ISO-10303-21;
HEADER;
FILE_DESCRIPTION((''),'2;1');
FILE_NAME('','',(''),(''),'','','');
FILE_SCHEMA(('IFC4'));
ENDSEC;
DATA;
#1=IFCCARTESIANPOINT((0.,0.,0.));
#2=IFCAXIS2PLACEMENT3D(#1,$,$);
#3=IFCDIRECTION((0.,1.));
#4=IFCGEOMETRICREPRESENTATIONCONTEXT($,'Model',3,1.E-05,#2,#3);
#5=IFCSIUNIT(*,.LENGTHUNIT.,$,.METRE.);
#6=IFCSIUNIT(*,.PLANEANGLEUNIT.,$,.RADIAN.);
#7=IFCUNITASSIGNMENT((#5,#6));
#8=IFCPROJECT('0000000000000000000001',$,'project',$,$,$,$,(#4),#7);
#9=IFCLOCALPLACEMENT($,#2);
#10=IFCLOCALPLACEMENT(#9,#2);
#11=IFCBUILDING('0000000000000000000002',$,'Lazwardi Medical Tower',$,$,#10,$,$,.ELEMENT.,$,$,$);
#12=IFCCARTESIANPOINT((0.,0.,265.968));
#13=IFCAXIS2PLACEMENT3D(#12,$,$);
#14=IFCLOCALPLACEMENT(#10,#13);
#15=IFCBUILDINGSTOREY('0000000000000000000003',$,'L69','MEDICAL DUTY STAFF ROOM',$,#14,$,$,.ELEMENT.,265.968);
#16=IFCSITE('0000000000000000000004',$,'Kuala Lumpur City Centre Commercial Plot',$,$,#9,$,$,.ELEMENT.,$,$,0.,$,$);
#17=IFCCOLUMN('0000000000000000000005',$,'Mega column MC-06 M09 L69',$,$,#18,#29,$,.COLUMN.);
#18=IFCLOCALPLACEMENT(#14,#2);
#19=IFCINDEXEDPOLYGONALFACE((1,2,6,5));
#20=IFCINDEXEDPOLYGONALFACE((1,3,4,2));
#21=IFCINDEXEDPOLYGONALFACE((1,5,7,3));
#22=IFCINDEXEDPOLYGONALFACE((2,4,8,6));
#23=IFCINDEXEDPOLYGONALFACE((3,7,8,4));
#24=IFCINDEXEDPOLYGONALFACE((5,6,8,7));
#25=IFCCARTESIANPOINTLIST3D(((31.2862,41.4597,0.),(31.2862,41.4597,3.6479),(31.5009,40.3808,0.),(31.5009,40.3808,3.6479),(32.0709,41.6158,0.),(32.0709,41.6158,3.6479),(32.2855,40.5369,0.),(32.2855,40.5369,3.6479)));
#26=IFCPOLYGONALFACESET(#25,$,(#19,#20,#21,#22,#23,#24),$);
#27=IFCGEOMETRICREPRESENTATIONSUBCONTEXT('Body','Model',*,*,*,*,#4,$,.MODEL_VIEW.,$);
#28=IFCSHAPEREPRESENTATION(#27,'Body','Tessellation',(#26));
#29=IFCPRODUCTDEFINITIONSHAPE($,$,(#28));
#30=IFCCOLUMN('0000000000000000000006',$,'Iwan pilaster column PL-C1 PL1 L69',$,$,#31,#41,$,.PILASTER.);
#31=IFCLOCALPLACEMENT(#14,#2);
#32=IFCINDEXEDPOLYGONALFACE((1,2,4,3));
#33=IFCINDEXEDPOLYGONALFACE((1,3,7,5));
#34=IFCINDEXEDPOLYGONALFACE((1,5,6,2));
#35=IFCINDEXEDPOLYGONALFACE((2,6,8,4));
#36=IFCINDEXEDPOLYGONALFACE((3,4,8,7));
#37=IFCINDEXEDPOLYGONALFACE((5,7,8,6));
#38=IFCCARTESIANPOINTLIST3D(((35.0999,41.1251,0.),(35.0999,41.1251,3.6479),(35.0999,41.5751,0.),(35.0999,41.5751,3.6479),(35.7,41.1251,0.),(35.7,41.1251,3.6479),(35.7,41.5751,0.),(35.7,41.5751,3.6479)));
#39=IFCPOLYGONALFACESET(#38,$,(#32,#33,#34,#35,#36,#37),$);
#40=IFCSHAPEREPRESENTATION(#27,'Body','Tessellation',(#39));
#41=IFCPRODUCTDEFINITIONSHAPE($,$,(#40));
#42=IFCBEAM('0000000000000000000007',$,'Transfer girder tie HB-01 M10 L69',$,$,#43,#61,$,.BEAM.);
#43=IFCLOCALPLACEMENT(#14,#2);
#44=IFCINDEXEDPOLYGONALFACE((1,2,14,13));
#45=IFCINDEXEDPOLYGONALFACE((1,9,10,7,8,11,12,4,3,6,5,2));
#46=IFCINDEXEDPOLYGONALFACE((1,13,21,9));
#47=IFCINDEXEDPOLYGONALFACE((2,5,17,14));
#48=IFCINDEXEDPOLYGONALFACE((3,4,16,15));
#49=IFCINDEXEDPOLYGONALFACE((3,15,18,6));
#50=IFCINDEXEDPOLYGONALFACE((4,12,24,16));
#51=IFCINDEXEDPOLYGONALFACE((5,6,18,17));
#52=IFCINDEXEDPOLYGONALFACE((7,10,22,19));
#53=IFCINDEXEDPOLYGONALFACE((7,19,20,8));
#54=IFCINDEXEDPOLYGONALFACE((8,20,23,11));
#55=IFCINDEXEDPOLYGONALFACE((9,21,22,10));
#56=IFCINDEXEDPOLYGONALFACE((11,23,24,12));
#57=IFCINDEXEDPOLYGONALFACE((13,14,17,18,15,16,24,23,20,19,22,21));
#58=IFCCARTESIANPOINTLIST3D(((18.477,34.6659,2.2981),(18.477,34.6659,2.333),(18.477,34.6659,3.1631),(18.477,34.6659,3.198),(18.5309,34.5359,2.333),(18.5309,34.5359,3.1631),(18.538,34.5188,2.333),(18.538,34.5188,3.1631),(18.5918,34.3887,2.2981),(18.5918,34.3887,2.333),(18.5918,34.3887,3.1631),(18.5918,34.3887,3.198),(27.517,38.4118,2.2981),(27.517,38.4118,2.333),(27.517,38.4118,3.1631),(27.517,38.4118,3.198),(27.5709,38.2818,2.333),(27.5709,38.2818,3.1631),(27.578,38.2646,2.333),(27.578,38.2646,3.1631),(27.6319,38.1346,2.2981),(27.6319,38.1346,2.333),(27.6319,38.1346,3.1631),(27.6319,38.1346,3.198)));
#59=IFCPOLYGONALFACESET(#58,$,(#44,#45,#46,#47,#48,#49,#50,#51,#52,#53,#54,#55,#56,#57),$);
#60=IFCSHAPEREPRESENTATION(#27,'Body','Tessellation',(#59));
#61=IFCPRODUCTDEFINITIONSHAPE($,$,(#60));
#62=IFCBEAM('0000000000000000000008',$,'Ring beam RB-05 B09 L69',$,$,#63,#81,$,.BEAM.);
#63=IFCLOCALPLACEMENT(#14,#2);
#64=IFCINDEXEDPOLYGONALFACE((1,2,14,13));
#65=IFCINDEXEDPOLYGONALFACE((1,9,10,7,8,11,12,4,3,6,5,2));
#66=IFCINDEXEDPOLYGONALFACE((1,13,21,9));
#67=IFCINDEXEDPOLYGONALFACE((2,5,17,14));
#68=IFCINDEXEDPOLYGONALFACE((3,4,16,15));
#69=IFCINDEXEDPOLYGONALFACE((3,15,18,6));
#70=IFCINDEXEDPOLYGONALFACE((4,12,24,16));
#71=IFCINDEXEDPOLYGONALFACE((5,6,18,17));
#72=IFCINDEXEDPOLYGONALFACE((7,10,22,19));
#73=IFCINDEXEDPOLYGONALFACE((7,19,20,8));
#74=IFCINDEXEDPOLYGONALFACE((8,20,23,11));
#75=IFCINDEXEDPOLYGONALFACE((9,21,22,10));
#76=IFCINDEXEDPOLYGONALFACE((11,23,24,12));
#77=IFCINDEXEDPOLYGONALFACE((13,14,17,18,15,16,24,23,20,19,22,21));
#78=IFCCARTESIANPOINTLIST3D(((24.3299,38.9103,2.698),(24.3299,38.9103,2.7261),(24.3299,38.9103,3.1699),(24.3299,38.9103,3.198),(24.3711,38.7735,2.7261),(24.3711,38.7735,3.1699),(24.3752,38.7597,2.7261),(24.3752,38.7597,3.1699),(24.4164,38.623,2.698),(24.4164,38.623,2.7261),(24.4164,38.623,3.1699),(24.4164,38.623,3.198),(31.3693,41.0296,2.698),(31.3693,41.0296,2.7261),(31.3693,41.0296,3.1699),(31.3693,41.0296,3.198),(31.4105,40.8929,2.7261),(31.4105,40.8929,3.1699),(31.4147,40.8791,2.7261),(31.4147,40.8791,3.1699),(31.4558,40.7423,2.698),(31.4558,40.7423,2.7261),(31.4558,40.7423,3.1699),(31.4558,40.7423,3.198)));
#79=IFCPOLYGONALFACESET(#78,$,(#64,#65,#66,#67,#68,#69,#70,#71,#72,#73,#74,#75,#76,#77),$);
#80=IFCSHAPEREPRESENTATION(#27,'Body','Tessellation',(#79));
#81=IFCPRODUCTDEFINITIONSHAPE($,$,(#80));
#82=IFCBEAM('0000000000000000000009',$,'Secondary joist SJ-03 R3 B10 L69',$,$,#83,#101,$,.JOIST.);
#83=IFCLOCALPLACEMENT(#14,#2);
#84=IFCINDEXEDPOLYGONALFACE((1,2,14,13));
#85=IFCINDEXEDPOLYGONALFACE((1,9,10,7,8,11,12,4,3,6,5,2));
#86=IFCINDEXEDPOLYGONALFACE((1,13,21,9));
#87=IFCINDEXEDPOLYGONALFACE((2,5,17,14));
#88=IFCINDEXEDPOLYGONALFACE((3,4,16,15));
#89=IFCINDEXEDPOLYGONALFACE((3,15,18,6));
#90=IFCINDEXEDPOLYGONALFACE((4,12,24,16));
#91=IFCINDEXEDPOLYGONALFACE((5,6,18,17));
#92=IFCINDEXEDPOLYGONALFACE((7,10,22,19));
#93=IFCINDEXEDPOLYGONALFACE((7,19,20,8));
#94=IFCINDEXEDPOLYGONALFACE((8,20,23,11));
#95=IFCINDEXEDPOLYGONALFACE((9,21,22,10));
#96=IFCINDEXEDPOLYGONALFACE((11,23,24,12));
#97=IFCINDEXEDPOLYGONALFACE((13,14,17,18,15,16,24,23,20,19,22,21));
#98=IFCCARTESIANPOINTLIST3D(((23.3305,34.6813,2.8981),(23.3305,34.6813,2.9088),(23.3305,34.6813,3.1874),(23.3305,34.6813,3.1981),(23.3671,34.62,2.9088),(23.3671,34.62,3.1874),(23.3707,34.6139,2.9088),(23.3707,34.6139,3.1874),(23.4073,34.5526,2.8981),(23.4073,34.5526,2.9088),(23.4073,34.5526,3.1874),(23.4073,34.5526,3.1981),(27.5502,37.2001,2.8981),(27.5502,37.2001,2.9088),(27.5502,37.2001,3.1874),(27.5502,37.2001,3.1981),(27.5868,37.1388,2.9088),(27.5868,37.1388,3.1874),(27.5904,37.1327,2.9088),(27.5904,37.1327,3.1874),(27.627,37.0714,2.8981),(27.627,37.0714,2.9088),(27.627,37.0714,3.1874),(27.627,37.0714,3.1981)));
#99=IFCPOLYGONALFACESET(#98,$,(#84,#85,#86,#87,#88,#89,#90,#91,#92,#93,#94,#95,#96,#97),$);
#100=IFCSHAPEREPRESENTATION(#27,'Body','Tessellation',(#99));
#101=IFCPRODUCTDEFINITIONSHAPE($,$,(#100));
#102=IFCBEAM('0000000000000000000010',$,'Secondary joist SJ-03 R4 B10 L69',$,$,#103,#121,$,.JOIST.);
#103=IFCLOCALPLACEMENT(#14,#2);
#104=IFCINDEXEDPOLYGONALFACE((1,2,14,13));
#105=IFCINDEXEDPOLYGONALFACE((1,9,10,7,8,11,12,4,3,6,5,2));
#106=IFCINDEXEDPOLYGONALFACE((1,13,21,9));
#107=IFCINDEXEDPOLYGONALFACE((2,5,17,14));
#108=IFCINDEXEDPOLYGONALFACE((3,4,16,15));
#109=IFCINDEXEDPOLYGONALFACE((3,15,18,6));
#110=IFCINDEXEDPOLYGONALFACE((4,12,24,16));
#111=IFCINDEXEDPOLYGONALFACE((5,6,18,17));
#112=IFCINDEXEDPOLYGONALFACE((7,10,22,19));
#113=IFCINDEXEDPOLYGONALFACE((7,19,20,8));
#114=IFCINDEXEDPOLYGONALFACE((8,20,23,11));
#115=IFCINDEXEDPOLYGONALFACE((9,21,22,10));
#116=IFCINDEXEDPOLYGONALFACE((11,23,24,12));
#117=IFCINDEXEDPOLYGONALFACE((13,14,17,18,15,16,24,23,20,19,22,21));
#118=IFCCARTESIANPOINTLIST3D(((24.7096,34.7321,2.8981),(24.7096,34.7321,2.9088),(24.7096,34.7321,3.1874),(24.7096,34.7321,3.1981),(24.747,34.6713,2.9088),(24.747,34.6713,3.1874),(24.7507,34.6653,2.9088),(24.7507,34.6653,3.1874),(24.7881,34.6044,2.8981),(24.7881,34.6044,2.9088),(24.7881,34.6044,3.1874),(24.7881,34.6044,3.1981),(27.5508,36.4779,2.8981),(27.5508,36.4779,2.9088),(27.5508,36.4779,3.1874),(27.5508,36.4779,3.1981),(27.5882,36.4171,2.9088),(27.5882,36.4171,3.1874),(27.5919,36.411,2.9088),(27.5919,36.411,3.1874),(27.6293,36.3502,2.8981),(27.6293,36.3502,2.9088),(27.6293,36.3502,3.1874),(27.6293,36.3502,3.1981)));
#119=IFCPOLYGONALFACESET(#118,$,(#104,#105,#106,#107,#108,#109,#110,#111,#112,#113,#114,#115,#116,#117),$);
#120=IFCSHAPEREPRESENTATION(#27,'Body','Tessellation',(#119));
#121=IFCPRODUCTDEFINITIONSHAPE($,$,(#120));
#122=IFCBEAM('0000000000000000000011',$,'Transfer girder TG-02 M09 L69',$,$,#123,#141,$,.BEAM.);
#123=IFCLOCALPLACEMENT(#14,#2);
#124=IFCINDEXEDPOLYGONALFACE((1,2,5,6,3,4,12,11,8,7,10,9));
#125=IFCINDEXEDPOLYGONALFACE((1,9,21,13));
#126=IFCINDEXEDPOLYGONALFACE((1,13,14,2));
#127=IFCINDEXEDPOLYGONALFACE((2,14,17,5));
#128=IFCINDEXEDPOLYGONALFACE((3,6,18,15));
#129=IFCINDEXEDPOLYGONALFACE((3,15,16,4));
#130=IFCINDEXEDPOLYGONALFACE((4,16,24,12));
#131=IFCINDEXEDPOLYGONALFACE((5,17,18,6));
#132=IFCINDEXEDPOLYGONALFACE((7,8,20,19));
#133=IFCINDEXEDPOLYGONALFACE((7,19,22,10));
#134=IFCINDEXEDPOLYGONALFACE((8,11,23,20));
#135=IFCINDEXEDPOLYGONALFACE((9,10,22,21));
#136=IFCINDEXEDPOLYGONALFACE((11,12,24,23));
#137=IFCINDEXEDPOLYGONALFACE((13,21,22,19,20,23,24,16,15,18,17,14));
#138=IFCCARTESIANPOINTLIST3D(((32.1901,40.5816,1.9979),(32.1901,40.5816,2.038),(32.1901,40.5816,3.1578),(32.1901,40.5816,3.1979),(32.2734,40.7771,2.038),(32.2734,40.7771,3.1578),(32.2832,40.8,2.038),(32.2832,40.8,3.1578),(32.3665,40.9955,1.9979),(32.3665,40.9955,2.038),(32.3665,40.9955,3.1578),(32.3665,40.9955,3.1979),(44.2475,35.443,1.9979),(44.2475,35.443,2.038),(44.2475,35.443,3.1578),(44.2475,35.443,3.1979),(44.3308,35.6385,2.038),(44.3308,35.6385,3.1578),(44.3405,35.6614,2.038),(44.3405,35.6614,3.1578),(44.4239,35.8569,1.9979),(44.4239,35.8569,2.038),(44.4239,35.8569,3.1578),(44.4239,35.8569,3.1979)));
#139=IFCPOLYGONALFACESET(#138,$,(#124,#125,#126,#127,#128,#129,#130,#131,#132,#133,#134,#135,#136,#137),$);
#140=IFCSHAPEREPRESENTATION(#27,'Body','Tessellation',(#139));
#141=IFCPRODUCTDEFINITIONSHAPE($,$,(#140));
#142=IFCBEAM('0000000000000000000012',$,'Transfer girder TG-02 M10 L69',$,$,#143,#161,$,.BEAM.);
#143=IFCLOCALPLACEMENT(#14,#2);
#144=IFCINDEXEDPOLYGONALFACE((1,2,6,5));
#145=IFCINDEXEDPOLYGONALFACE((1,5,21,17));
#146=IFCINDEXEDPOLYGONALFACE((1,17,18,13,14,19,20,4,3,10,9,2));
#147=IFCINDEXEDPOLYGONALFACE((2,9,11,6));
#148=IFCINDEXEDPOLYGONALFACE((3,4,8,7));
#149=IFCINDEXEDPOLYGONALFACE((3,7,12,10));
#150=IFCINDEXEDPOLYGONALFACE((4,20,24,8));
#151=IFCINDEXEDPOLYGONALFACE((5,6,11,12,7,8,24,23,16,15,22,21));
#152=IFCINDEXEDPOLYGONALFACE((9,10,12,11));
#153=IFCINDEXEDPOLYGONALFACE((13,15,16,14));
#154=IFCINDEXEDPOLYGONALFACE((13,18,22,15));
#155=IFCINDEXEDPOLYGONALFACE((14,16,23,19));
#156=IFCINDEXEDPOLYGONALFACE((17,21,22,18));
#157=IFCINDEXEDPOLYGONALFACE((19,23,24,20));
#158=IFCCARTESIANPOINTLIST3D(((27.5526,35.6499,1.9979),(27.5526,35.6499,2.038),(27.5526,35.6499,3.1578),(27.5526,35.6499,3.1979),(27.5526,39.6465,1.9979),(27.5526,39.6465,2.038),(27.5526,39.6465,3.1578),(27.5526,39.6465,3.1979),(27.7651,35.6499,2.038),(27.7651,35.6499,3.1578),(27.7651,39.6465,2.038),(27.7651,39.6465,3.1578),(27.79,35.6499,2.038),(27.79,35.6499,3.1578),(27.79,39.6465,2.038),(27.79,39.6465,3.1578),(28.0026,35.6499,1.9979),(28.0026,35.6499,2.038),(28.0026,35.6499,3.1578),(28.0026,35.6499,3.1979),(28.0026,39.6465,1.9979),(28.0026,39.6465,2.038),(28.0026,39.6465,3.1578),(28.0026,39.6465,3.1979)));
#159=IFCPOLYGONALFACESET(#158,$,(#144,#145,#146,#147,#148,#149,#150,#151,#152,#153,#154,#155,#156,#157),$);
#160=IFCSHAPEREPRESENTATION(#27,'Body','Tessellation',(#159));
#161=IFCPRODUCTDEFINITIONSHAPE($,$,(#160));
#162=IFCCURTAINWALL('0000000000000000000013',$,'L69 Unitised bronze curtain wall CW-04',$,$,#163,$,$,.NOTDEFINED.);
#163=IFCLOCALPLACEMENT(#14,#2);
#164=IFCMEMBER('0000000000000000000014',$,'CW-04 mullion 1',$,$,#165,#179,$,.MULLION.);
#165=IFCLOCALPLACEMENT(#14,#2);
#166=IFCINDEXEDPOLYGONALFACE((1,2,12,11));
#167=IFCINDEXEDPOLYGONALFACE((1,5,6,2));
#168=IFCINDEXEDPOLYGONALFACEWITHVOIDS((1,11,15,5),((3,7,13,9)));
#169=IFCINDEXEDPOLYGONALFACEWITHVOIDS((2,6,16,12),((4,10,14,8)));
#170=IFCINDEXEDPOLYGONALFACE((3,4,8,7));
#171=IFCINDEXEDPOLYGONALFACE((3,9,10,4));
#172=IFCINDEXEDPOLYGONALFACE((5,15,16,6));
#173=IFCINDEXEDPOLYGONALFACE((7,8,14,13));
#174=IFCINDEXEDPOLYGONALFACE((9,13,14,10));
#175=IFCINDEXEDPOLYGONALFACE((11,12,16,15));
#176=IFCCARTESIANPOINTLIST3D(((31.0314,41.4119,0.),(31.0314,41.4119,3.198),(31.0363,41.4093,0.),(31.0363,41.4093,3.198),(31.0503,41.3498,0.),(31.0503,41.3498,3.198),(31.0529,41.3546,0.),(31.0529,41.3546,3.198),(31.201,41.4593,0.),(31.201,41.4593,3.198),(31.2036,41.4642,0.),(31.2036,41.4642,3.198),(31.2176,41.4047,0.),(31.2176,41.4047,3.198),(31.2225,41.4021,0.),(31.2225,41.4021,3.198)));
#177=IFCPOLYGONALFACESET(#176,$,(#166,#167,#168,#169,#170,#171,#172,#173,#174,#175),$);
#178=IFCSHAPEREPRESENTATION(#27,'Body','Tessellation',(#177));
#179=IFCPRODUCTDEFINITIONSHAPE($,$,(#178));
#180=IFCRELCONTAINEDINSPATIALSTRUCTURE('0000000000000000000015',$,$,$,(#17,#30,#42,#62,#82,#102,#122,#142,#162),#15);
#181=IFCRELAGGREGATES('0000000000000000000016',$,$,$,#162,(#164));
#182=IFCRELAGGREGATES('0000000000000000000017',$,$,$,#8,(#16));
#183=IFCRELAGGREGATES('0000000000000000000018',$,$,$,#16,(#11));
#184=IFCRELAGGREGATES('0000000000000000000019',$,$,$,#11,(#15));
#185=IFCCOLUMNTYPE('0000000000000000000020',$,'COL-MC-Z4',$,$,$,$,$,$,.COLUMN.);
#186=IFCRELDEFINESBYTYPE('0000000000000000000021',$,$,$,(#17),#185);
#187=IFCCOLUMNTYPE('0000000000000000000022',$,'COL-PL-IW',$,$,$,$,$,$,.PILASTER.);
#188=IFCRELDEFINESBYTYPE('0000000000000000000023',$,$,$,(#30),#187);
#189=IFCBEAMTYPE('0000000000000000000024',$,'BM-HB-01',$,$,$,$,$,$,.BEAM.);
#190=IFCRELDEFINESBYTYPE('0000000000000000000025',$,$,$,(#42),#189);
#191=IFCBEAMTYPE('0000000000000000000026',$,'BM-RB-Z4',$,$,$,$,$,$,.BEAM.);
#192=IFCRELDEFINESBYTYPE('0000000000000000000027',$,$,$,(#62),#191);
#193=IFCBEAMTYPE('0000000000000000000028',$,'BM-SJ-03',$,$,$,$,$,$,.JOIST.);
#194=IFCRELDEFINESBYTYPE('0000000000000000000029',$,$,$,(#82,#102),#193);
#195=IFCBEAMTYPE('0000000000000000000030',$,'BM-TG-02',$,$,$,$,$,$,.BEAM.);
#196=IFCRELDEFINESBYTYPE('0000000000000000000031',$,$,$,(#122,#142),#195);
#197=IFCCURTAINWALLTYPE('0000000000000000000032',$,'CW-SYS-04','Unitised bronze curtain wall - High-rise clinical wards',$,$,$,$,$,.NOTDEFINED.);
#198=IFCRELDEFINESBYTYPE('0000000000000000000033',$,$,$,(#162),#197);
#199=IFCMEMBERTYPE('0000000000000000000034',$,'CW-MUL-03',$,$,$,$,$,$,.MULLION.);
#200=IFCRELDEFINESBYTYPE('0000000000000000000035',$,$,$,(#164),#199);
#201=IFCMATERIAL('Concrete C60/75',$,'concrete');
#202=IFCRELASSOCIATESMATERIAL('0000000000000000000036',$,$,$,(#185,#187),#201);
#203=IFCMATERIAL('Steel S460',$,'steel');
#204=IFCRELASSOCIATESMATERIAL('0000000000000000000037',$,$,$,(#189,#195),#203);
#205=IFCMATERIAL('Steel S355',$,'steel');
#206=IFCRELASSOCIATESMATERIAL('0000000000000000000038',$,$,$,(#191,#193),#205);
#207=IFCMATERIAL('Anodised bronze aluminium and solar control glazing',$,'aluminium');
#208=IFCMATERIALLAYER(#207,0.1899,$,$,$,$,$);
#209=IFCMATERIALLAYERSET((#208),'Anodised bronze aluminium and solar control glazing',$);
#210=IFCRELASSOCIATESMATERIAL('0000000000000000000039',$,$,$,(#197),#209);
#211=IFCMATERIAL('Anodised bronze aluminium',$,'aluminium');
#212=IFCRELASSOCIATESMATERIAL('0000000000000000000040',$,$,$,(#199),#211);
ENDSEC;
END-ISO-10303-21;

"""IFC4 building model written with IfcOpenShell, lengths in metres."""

from ifc_helpers import new_model, si_unit, direction, frame, origin, origin_2d, place, context, subcontext, project, spatial, rectangle, hollow_rectangle, i_section, extrude, material, layer, layer_set, material_profile, profile_set, type_object, element, aggregate, save


model = new_model("IFC4")

# Units and contexts
model_context = context("Model", 3, precision=1e-05, world=origin(), true_north=direction((0.0, 1.0)))
body_context = subcontext(model_context, "Body", "Model", "MODEL_VIEW")
ifc_project = project(units=[si_unit("LENGTHUNIT", "METRE"), si_unit("PLANEANGLEUNIT", "RADIAN")], contexts=[model_context])

# Site, building, storey
site_placement = place(None, origin())
site = spatial("IfcSite", under=ifc_project, at=site_placement, Name="Kuala Lumpur City Centre Commercial Plot", CompositionType="ELEMENT", RefElevation=0.0)
building_placement = place(site_placement, origin())
building = spatial("IfcBuilding", under=site, at=building_placement, Name="Lazwardi Medical Tower", CompositionType="ELEMENT")
storey_placement = place(building_placement, frame((0.0, 0.0, 265.968)))
storey = spatial("IfcBuildingStorey", under=building, at=storey_placement, Name="L69", Description="MEDICAL DUTY STAFF ROOM", CompositionType="ELEMENT", Elevation=265.968)

# Columns
ifc_material_1 = material(Name="Concrete C60/75", Category="concrete")
ifc_material_profile_1 = material_profile(ifc_material_1, rectangle(XDim=1.1001, YDim=0.8, at=origin_2d()), Name="CFT-RECT 1100x800")
ifc_profile_set_1 = profile_set([ifc_material_profile_1], Name="Concrete C60/75")
column_type_1 = type_object("IfcColumnType", Name="COL-MC-Z4", PredefinedType="COLUMN", material=ifc_profile_set_1)
column_1_placement = place(storey_placement, frame((31.7859, 40.9983, 0.0), z_axis=(0.0, 0.0, 1.0), x_axis=(-0.19509, 0.980785, 0.0)))
element("IfcColumn", 1, at=column_1_placement, inside=storey, type_object=column_type_1, Name="Mega column MC-06 M09 L69", PredefinedType="COLUMN", context=body_context, shape_type="SweptSolid", body=[
    extrude(rectangle(XDim=1.1001, YDim=0.8, at=origin_2d()), origin(), (0.0, 0.0, 1.0), 3.6479),
])
ifc_material_profile_2 = material_profile(ifc_material_1, rectangle(XDim=0.6001, YDim=0.45, at=origin_2d()), Name="RC 600x450")
ifc_profile_set_2 = profile_set([ifc_material_profile_2], Name="Concrete C60/75")
column_type_2 = type_object("IfcColumnType", Name="COL-PL-IW", PredefinedType="PILASTER", material=ifc_profile_set_2)
column_2_placement = place(storey_placement, frame((35.3999, 41.3501, 0.0), z_axis=(0.0, 0.0, 1.0), x_axis=(1.0, 0.0, 0.0)))
element("IfcColumn", 2, at=column_2_placement, inside=storey, type_object=column_type_2, Name="Iwan pilaster column PL-C1 PL1 L69", PredefinedType="PILASTER", context=body_context, shape_type="SweptSolid", body=[
    extrude(rectangle(XDim=0.6001, YDim=0.45, at=origin_2d()), origin(), (0.0, 0.0, 1.0), 3.6479),
])

# Beams
ifc_material_2 = material(Name="Steel S460", Category="steel")
ifc_material_profile_3 = material_profile(ifc_material_2, i_section(OverallWidth=0.3, OverallDepth=0.8999, WebThickness=0.0186, FlangeThickness=0.0349, at=origin_2d()), Name="HEB 900")
ifc_profile_set_3 = profile_set([ifc_material_profile_3], Name="Steel S460")
beam_type_1 = type_object("IfcBeamType", Name="BM-HB-01", PredefinedType="BEAM", material=ifc_profile_set_3)
beam_1_placement = place(storey_placement, frame((27.5745, 38.2732, 2.748), z_axis=(-0.923831, -0.382801, 0.0), x_axis=(0.382801, -0.923831, 0.0)))
element("IfcBeam", 3, at=beam_1_placement, inside=storey, type_object=beam_type_1, Name="Transfer girder tie HB-01 M10 L69", PredefinedType="BEAM", context=body_context, shape_type="SweptSolid", body=[
    extrude(i_section(OverallWidth=0.3, OverallDepth=0.8999, WebThickness=0.0186, FlangeThickness=0.0349, at=origin_2d()), origin(), (0.0, 0.0, 1.0), 9.7854),
])
ifc_material_3 = material(Name="Steel S355", Category="steel")
ifc_material_profile_4 = material_profile(ifc_material_3, i_section(OverallWidth=0.3, OverallDepth=0.5, WebThickness=0.0144, FlangeThickness=0.0281, at=origin_2d()), Name="HEB 500")
ifc_profile_set_4 = profile_set([ifc_material_profile_4], Name="Steel S355")
beam_type_2 = type_object("IfcBeamType", Name="BM-RB-Z4", PredefinedType="BEAM", material=ifc_profile_set_4)
beam_2_placement = place(storey_placement, frame((31.4126, 40.886, 2.948), z_axis=(-0.957544, -0.288286, 0.0), x_axis=(0.288286, -0.957544, 0.0)))
element("IfcBeam", 4, at=beam_2_placement, inside=storey, type_object=beam_type_2, Name="Ring beam RB-05 B09 L69", PredefinedType="BEAM", context=body_context, shape_type="SweptSolid", body=[
    extrude(i_section(OverallWidth=0.3, OverallDepth=0.5, WebThickness=0.0144, FlangeThickness=0.0281, at=origin_2d()), origin(), (0.0, 0.0, 1.0), 7.3516),
])
ifc_material_profile_5 = material_profile(ifc_material_3, i_section(OverallWidth=0.1499, OverallDepth=0.3, WebThickness=0.0071, FlangeThickness=0.0107, at=origin_2d()), Name="IPE 300")
ifc_profile_set_5 = profile_set([ifc_material_profile_5], Name="Steel S355")
beam_type_3 = type_object("IfcBeamType", Name="BM-SJ-03", PredefinedType="JOIST", material=ifc_profile_set_5)
beam_3_placement = place(storey_placement, frame((27.5886, 37.1357, 3.0481), z_axis=(-0.858661, -0.512544, 0.0), x_axis=(0.512544, -0.858661, 0.0)))
element("IfcBeam", 5, at=beam_3_placement, inside=storey, type_object=beam_type_3, Name="Secondary joist SJ-03 R3 B10 L69", PredefinedType="JOIST", context=body_context, shape_type="SweptSolid", body=[
    extrude(i_section(OverallWidth=0.1499, OverallDepth=0.3, WebThickness=0.0071, FlangeThickness=0.0107, at=origin_2d()), origin(), (0.0, 0.0, 1.0), 4.9143),
])
beam_4_placement = place(storey_placement, frame((27.5901, 36.4141, 3.0481), z_axis=(-0.852013, -0.523521, 0.0), x_axis=(0.523521, -0.852013, 0.0)))
element("IfcBeam", 6, at=beam_4_placement, inside=storey, type_object=beam_type_3, Name="Secondary joist SJ-03 R4 B10 L69", PredefinedType="JOIST", context=body_context, shape_type="SweptSolid", body=[
    extrude(i_section(OverallWidth=0.1499, OverallDepth=0.3, WebThickness=0.0071, FlangeThickness=0.0107, at=origin_2d()), origin(), (0.0, 0.0, 1.0), 3.3347),
])
ifc_material_profile_6 = material_profile(ifc_material_2, i_section(OverallWidth=0.45, OverallDepth=1.2, WebThickness=0.0249, FlangeThickness=0.04, at=origin_2d()), Name="PG 1200x450")
ifc_profile_set_6 = profile_set([ifc_material_profile_6], Name="Steel S460")
beam_type_4 = type_object("IfcBeamType", Name="BM-TG-02", PredefinedType="BEAM", material=ifc_profile_set_6)
beam_5_placement = place(storey_placement, frame((32.2783, 40.7886, 2.5979), z_axis=(0.919938, -0.392064, 0.0), x_axis=(0.392064, 0.919938, 0.0)))
element("IfcBeam", 7, at=beam_5_placement, inside=storey, type_object=beam_type_4, Name="Transfer girder TG-02 M09 L69", PredefinedType="BEAM", context=body_context, shape_type="SweptSolid", body=[
    extrude(i_section(OverallWidth=0.45, OverallDepth=1.2, WebThickness=0.0249, FlangeThickness=0.04, at=origin_2d()), origin(), (0.0, 0.0, 1.0), 13.1067),
])
beam_6_placement = place(storey_placement, frame((27.7776, 39.6465, 2.5979), z_axis=(0.0, -1.0, 0.0), x_axis=(1.0, 0.0, 0.0)))
element("IfcBeam", 8, at=beam_6_placement, inside=storey, type_object=beam_type_4, Name="Transfer girder TG-02 M10 L69", PredefinedType="BEAM", context=body_context, shape_type="SweptSolid", body=[
    extrude(i_section(OverallWidth=0.45, OverallDepth=1.2, WebThickness=0.0249, FlangeThickness=0.04, at=origin_2d()), origin(), (0.0, 0.0, 1.0), 3.9966),
])

# Curtain wall, member
ifc_material_4 = material(Name="Anodised bronze aluminium and solar control glazing", Category="aluminium")
ifc_layer_1 = layer(ifc_material_4, 0.1899)
ifc_layer_set_1 = layer_set([ifc_layer_1], Name="Anodised bronze aluminium and solar control glazing")
curtain_wall_type = type_object("IfcCurtainWallType", Name="CW-SYS-04", Description="Unitised bronze curtain wall - High-rise clinical wards", PredefinedType="NOTDEFINED", material=ifc_layer_set_1)
curtain_wall_placement = place(storey_placement, origin())
curtain_wall = element("IfcCurtainWall", 9, at=curtain_wall_placement, inside=storey, type_object=curtain_wall_type, Name="L69 Unitised bronze curtain wall CW-04", PredefinedType="NOTDEFINED")
ifc_material_5 = material(Name="Anodised bronze aluminium", Category="aluminium")
ifc_material_profile_7 = material_profile(ifc_material_5, hollow_rectangle(XDim=0.0649, YDim=0.1799, WallThickness=0.0039, at=origin_2d()), Name="ALU-MULLION 180x65x4")
ifc_profile_set_7 = profile_set([ifc_material_profile_7], Name="Anodised bronze aluminium")
member_type_1 = type_object("IfcMemberType", Name="CW-MUL-03", PredefinedType="MULLION", material=ifc_profile_set_7)
member_1_placement = place(storey_placement, frame((31.127, 41.407, 0.0), z_axis=(0.0, 0.0, 1.0), x_axis=(0.290582, -0.95685, 0.0)))
member_1 = element("IfcMember", 10, at=member_1_placement, type_object=member_type_1, Name="CW-04 mullion 1", PredefinedType="MULLION", context=body_context, shape_type="SweptSolid", body=[
    extrude(hollow_rectangle(XDim=0.0649, YDim=0.1799, WallThickness=0.0039, at=origin_2d()), origin(), (0.0, 0.0, 1.0), 3.198),
])
aggregate(curtain_wall, [member_1])

save(model, "model.ifc")
